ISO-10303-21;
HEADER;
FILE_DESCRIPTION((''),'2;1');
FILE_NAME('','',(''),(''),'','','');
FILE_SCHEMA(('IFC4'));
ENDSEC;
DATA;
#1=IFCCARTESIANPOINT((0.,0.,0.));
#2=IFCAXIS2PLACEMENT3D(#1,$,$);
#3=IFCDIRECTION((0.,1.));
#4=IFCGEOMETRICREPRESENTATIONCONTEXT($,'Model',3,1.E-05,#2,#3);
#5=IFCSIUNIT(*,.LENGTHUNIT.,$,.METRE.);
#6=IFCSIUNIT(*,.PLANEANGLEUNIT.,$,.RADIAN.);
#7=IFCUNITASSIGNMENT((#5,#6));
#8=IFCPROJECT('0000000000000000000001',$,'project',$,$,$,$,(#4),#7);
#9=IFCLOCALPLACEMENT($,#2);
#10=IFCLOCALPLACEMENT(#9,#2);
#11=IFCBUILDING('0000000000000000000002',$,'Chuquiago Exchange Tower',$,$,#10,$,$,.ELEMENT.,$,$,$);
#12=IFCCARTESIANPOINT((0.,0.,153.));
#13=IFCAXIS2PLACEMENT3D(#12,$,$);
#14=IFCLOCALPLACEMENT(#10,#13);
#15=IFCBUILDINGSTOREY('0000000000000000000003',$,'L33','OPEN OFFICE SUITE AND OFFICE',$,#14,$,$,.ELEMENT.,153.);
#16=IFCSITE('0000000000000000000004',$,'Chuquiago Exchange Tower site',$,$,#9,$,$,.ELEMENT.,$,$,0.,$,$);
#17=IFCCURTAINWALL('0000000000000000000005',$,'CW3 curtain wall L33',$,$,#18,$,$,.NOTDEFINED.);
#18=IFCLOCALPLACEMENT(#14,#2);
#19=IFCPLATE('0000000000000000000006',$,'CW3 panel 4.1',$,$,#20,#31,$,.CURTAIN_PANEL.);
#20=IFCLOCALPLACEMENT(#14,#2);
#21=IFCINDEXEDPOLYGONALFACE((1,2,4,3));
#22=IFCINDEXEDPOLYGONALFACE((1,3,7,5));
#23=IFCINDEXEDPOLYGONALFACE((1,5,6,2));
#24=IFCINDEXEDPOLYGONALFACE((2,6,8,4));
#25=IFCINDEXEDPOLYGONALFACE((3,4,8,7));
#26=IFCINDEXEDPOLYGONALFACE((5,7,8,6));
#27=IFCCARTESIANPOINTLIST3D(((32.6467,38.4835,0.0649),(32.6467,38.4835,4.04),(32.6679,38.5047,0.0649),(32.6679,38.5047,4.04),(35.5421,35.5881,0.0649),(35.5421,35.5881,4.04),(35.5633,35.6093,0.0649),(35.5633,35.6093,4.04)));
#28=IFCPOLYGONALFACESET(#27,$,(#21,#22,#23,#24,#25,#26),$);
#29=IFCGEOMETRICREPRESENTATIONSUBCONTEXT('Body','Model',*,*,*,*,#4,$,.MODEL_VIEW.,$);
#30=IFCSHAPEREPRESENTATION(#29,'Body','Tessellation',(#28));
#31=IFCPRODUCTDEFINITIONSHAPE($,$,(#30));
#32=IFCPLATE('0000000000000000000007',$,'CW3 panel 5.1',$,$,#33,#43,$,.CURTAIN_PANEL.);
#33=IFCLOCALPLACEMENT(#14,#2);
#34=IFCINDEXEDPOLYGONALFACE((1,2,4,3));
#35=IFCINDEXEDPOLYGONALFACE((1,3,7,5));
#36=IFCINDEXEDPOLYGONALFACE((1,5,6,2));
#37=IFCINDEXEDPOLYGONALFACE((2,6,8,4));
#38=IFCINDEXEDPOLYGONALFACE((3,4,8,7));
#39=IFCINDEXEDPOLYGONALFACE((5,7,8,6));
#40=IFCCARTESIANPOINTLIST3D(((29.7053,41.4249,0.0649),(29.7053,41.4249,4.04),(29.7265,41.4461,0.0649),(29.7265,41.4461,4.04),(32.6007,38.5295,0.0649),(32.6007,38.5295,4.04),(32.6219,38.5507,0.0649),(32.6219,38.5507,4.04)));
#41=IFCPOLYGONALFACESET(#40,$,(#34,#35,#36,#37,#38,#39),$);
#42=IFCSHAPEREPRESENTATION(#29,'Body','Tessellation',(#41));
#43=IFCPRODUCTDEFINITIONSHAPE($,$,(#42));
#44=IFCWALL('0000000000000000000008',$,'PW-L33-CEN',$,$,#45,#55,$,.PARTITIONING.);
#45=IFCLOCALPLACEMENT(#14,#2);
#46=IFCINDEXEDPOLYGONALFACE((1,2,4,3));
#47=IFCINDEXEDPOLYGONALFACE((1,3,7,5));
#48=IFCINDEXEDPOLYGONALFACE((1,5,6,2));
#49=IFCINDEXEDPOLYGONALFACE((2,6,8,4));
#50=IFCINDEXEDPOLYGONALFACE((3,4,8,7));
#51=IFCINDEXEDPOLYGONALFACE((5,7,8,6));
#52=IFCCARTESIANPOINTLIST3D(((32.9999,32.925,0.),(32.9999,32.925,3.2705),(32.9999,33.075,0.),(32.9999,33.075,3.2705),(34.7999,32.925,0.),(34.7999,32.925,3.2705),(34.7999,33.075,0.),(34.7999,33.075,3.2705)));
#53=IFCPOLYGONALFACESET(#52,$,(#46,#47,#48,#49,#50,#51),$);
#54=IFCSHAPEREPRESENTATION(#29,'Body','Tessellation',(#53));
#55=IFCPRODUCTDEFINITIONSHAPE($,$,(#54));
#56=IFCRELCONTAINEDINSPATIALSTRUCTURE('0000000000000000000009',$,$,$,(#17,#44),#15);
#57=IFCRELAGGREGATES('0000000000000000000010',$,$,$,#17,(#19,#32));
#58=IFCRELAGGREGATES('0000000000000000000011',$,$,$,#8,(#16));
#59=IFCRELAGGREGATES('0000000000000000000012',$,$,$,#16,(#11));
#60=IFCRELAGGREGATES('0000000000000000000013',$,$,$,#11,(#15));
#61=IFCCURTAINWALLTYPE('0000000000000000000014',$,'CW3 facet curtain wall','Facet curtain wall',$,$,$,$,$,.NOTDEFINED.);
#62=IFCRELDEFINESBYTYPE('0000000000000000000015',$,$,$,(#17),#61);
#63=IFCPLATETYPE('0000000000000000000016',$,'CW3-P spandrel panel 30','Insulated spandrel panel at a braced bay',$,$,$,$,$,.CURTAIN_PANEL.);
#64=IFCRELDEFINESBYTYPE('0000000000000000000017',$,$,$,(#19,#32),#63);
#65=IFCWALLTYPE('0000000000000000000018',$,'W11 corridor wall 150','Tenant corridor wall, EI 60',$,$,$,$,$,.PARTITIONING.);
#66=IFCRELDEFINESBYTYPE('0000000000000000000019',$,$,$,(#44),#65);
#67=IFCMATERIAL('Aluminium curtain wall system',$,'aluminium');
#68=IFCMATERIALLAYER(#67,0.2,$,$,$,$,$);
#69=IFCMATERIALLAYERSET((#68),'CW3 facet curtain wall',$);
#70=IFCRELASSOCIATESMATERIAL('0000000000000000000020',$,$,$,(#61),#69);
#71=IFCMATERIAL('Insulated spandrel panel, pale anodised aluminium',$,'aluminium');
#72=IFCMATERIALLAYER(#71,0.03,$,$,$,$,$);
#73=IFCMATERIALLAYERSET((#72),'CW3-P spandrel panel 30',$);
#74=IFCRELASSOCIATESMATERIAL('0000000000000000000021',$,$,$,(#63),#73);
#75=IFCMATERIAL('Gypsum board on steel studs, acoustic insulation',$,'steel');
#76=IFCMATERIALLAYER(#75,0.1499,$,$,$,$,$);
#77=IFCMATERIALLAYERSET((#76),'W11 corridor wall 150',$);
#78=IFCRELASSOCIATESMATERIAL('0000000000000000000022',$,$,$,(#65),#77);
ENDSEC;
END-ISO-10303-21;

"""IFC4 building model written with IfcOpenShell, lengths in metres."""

from ifc_helpers import new_model, si_unit, direction, frame, frame_2d, origin, origin_2d, place, context, subcontext, project, spatial, rectangle, extrude, material, layer, layer_set, type_object, element, aggregate, save


model = new_model("IFC4")

# Units and contexts
model_context = context("Model", 3, precision=1e-05, world=origin(), true_north=direction((0.0, 1.0)))
body_context = subcontext(model_context, "Body", "Model", "MODEL_VIEW")
ifc_project = project(units=[si_unit("LENGTHUNIT", "METRE"), si_unit("PLANEANGLEUNIT", "RADIAN")], contexts=[model_context])

# Site, building, storey
site_placement = place(None, origin())
site = spatial("IfcSite", under=ifc_project, at=site_placement, Name="Chuquiago Exchange Tower site", CompositionType="ELEMENT", RefElevation=0.0)
building_placement = place(site_placement, origin())
building = spatial("IfcBuilding", under=site, at=building_placement, Name="Chuquiago Exchange Tower", CompositionType="ELEMENT")
storey_placement = place(building_placement, frame((0.0, 0.0, 153.0)))
storey = spatial("IfcBuildingStorey", under=building, at=storey_placement, Name="L33", Description="OPEN OFFICE SUITE AND OFFICE", CompositionType="ELEMENT", Elevation=153.0)

# Curtain wall
ifc_material_1 = material(Name="Aluminium curtain wall system", Category="aluminium")
ifc_layer_1 = layer(ifc_material_1, 0.2)
ifc_layer_set_1 = layer_set([ifc_layer_1], Name="CW3 facet curtain wall")
curtain_wall_type = type_object("IfcCurtainWallType", Name="CW3 facet curtain wall", Description="Facet curtain wall", PredefinedType="NOTDEFINED", material=ifc_layer_set_1)
curtain_wall_placement = place(storey_placement, origin())
curtain_wall = element("IfcCurtainWall", 1, at=curtain_wall_placement, inside=storey, type_object=curtain_wall_type, Name="CW3 curtain wall L33", PredefinedType="NOTDEFINED")

# Plates
ifc_material_2 = material(Name="Insulated spandrel panel, pale anodised aluminium", Category="aluminium")
ifc_layer_2 = layer(ifc_material_2, 0.03)
ifc_layer_set_2 = layer_set([ifc_layer_2], Name="CW3-P spandrel panel 30")
plate_type = type_object("IfcPlateType", Name="CW3-P spandrel panel 30", Description="Insulated spandrel panel at a braced bay", PredefinedType="CURTAIN_PANEL", material=ifc_layer_set_2)
plate_1_placement = place(storey_placement, frame((34.105, 37.0464, 0.0649), z_axis=(0.0, 0.0, 1.0), x_axis=(-0.707107, 0.707107, 0.0)))
plate_1 = element("IfcPlate", 2, at=plate_1_placement, type_object=plate_type, Name="CW3 panel 4.1", PredefinedType="CURTAIN_PANEL", context=body_context, shape_type="SweptSolid", body=[
    extrude(rectangle(XDim=4.0947, YDim=0.03, at=origin_2d()), origin(), (0.0, 0.0, 1.0), 3.9751),
])
plate_2_placement = place(storey_placement, frame((31.1636, 39.9878, 0.0649), z_axis=(0.0, 0.0, 1.0), x_axis=(-0.707107, 0.707107, 0.0)))
plate_2 = element("IfcPlate", 3, at=plate_2_placement, type_object=plate_type, Name="CW3 panel 5.1", PredefinedType="CURTAIN_PANEL", context=body_context, shape_type="SweptSolid", body=[
    extrude(rectangle(XDim=4.0947, YDim=0.03, at=origin_2d()), origin(), (0.0, 0.0, 1.0), 3.9751),
])
aggregate(curtain_wall, [plate_1, plate_2])

# Wall
ifc_material_3 = material(Name="Gypsum board on steel studs, acoustic insulation", Category="steel")
ifc_layer_3 = layer(ifc_material_3, 0.1499)
ifc_layer_set_3 = layer_set([ifc_layer_3], Name="W11 corridor wall 150")
wall_type = type_object("IfcWallType", Name="W11 corridor wall 150", Description="Tenant corridor wall, EI 60", PredefinedType="PARTITIONING", material=ifc_layer_set_3)
wall_placement = place(storey_placement, frame((33.0, 33.0, 0.0), z_axis=(0.0, 0.0, 1.0), x_axis=(1.0, 0.0, 0.0)))
element("IfcWall", 4, at=wall_placement, inside=storey, type_object=wall_type, Name="PW-L33-CEN", PredefinedType="PARTITIONING", context=body_context, shape_type="SweptSolid", body=[
    extrude(rectangle(XDim=1.8, YDim=0.1499, at=frame_2d((0.8999, 0.0))), origin(), (0.0, 0.0, 1.0), 3.2705),
])

save(model, "model.ifc")
